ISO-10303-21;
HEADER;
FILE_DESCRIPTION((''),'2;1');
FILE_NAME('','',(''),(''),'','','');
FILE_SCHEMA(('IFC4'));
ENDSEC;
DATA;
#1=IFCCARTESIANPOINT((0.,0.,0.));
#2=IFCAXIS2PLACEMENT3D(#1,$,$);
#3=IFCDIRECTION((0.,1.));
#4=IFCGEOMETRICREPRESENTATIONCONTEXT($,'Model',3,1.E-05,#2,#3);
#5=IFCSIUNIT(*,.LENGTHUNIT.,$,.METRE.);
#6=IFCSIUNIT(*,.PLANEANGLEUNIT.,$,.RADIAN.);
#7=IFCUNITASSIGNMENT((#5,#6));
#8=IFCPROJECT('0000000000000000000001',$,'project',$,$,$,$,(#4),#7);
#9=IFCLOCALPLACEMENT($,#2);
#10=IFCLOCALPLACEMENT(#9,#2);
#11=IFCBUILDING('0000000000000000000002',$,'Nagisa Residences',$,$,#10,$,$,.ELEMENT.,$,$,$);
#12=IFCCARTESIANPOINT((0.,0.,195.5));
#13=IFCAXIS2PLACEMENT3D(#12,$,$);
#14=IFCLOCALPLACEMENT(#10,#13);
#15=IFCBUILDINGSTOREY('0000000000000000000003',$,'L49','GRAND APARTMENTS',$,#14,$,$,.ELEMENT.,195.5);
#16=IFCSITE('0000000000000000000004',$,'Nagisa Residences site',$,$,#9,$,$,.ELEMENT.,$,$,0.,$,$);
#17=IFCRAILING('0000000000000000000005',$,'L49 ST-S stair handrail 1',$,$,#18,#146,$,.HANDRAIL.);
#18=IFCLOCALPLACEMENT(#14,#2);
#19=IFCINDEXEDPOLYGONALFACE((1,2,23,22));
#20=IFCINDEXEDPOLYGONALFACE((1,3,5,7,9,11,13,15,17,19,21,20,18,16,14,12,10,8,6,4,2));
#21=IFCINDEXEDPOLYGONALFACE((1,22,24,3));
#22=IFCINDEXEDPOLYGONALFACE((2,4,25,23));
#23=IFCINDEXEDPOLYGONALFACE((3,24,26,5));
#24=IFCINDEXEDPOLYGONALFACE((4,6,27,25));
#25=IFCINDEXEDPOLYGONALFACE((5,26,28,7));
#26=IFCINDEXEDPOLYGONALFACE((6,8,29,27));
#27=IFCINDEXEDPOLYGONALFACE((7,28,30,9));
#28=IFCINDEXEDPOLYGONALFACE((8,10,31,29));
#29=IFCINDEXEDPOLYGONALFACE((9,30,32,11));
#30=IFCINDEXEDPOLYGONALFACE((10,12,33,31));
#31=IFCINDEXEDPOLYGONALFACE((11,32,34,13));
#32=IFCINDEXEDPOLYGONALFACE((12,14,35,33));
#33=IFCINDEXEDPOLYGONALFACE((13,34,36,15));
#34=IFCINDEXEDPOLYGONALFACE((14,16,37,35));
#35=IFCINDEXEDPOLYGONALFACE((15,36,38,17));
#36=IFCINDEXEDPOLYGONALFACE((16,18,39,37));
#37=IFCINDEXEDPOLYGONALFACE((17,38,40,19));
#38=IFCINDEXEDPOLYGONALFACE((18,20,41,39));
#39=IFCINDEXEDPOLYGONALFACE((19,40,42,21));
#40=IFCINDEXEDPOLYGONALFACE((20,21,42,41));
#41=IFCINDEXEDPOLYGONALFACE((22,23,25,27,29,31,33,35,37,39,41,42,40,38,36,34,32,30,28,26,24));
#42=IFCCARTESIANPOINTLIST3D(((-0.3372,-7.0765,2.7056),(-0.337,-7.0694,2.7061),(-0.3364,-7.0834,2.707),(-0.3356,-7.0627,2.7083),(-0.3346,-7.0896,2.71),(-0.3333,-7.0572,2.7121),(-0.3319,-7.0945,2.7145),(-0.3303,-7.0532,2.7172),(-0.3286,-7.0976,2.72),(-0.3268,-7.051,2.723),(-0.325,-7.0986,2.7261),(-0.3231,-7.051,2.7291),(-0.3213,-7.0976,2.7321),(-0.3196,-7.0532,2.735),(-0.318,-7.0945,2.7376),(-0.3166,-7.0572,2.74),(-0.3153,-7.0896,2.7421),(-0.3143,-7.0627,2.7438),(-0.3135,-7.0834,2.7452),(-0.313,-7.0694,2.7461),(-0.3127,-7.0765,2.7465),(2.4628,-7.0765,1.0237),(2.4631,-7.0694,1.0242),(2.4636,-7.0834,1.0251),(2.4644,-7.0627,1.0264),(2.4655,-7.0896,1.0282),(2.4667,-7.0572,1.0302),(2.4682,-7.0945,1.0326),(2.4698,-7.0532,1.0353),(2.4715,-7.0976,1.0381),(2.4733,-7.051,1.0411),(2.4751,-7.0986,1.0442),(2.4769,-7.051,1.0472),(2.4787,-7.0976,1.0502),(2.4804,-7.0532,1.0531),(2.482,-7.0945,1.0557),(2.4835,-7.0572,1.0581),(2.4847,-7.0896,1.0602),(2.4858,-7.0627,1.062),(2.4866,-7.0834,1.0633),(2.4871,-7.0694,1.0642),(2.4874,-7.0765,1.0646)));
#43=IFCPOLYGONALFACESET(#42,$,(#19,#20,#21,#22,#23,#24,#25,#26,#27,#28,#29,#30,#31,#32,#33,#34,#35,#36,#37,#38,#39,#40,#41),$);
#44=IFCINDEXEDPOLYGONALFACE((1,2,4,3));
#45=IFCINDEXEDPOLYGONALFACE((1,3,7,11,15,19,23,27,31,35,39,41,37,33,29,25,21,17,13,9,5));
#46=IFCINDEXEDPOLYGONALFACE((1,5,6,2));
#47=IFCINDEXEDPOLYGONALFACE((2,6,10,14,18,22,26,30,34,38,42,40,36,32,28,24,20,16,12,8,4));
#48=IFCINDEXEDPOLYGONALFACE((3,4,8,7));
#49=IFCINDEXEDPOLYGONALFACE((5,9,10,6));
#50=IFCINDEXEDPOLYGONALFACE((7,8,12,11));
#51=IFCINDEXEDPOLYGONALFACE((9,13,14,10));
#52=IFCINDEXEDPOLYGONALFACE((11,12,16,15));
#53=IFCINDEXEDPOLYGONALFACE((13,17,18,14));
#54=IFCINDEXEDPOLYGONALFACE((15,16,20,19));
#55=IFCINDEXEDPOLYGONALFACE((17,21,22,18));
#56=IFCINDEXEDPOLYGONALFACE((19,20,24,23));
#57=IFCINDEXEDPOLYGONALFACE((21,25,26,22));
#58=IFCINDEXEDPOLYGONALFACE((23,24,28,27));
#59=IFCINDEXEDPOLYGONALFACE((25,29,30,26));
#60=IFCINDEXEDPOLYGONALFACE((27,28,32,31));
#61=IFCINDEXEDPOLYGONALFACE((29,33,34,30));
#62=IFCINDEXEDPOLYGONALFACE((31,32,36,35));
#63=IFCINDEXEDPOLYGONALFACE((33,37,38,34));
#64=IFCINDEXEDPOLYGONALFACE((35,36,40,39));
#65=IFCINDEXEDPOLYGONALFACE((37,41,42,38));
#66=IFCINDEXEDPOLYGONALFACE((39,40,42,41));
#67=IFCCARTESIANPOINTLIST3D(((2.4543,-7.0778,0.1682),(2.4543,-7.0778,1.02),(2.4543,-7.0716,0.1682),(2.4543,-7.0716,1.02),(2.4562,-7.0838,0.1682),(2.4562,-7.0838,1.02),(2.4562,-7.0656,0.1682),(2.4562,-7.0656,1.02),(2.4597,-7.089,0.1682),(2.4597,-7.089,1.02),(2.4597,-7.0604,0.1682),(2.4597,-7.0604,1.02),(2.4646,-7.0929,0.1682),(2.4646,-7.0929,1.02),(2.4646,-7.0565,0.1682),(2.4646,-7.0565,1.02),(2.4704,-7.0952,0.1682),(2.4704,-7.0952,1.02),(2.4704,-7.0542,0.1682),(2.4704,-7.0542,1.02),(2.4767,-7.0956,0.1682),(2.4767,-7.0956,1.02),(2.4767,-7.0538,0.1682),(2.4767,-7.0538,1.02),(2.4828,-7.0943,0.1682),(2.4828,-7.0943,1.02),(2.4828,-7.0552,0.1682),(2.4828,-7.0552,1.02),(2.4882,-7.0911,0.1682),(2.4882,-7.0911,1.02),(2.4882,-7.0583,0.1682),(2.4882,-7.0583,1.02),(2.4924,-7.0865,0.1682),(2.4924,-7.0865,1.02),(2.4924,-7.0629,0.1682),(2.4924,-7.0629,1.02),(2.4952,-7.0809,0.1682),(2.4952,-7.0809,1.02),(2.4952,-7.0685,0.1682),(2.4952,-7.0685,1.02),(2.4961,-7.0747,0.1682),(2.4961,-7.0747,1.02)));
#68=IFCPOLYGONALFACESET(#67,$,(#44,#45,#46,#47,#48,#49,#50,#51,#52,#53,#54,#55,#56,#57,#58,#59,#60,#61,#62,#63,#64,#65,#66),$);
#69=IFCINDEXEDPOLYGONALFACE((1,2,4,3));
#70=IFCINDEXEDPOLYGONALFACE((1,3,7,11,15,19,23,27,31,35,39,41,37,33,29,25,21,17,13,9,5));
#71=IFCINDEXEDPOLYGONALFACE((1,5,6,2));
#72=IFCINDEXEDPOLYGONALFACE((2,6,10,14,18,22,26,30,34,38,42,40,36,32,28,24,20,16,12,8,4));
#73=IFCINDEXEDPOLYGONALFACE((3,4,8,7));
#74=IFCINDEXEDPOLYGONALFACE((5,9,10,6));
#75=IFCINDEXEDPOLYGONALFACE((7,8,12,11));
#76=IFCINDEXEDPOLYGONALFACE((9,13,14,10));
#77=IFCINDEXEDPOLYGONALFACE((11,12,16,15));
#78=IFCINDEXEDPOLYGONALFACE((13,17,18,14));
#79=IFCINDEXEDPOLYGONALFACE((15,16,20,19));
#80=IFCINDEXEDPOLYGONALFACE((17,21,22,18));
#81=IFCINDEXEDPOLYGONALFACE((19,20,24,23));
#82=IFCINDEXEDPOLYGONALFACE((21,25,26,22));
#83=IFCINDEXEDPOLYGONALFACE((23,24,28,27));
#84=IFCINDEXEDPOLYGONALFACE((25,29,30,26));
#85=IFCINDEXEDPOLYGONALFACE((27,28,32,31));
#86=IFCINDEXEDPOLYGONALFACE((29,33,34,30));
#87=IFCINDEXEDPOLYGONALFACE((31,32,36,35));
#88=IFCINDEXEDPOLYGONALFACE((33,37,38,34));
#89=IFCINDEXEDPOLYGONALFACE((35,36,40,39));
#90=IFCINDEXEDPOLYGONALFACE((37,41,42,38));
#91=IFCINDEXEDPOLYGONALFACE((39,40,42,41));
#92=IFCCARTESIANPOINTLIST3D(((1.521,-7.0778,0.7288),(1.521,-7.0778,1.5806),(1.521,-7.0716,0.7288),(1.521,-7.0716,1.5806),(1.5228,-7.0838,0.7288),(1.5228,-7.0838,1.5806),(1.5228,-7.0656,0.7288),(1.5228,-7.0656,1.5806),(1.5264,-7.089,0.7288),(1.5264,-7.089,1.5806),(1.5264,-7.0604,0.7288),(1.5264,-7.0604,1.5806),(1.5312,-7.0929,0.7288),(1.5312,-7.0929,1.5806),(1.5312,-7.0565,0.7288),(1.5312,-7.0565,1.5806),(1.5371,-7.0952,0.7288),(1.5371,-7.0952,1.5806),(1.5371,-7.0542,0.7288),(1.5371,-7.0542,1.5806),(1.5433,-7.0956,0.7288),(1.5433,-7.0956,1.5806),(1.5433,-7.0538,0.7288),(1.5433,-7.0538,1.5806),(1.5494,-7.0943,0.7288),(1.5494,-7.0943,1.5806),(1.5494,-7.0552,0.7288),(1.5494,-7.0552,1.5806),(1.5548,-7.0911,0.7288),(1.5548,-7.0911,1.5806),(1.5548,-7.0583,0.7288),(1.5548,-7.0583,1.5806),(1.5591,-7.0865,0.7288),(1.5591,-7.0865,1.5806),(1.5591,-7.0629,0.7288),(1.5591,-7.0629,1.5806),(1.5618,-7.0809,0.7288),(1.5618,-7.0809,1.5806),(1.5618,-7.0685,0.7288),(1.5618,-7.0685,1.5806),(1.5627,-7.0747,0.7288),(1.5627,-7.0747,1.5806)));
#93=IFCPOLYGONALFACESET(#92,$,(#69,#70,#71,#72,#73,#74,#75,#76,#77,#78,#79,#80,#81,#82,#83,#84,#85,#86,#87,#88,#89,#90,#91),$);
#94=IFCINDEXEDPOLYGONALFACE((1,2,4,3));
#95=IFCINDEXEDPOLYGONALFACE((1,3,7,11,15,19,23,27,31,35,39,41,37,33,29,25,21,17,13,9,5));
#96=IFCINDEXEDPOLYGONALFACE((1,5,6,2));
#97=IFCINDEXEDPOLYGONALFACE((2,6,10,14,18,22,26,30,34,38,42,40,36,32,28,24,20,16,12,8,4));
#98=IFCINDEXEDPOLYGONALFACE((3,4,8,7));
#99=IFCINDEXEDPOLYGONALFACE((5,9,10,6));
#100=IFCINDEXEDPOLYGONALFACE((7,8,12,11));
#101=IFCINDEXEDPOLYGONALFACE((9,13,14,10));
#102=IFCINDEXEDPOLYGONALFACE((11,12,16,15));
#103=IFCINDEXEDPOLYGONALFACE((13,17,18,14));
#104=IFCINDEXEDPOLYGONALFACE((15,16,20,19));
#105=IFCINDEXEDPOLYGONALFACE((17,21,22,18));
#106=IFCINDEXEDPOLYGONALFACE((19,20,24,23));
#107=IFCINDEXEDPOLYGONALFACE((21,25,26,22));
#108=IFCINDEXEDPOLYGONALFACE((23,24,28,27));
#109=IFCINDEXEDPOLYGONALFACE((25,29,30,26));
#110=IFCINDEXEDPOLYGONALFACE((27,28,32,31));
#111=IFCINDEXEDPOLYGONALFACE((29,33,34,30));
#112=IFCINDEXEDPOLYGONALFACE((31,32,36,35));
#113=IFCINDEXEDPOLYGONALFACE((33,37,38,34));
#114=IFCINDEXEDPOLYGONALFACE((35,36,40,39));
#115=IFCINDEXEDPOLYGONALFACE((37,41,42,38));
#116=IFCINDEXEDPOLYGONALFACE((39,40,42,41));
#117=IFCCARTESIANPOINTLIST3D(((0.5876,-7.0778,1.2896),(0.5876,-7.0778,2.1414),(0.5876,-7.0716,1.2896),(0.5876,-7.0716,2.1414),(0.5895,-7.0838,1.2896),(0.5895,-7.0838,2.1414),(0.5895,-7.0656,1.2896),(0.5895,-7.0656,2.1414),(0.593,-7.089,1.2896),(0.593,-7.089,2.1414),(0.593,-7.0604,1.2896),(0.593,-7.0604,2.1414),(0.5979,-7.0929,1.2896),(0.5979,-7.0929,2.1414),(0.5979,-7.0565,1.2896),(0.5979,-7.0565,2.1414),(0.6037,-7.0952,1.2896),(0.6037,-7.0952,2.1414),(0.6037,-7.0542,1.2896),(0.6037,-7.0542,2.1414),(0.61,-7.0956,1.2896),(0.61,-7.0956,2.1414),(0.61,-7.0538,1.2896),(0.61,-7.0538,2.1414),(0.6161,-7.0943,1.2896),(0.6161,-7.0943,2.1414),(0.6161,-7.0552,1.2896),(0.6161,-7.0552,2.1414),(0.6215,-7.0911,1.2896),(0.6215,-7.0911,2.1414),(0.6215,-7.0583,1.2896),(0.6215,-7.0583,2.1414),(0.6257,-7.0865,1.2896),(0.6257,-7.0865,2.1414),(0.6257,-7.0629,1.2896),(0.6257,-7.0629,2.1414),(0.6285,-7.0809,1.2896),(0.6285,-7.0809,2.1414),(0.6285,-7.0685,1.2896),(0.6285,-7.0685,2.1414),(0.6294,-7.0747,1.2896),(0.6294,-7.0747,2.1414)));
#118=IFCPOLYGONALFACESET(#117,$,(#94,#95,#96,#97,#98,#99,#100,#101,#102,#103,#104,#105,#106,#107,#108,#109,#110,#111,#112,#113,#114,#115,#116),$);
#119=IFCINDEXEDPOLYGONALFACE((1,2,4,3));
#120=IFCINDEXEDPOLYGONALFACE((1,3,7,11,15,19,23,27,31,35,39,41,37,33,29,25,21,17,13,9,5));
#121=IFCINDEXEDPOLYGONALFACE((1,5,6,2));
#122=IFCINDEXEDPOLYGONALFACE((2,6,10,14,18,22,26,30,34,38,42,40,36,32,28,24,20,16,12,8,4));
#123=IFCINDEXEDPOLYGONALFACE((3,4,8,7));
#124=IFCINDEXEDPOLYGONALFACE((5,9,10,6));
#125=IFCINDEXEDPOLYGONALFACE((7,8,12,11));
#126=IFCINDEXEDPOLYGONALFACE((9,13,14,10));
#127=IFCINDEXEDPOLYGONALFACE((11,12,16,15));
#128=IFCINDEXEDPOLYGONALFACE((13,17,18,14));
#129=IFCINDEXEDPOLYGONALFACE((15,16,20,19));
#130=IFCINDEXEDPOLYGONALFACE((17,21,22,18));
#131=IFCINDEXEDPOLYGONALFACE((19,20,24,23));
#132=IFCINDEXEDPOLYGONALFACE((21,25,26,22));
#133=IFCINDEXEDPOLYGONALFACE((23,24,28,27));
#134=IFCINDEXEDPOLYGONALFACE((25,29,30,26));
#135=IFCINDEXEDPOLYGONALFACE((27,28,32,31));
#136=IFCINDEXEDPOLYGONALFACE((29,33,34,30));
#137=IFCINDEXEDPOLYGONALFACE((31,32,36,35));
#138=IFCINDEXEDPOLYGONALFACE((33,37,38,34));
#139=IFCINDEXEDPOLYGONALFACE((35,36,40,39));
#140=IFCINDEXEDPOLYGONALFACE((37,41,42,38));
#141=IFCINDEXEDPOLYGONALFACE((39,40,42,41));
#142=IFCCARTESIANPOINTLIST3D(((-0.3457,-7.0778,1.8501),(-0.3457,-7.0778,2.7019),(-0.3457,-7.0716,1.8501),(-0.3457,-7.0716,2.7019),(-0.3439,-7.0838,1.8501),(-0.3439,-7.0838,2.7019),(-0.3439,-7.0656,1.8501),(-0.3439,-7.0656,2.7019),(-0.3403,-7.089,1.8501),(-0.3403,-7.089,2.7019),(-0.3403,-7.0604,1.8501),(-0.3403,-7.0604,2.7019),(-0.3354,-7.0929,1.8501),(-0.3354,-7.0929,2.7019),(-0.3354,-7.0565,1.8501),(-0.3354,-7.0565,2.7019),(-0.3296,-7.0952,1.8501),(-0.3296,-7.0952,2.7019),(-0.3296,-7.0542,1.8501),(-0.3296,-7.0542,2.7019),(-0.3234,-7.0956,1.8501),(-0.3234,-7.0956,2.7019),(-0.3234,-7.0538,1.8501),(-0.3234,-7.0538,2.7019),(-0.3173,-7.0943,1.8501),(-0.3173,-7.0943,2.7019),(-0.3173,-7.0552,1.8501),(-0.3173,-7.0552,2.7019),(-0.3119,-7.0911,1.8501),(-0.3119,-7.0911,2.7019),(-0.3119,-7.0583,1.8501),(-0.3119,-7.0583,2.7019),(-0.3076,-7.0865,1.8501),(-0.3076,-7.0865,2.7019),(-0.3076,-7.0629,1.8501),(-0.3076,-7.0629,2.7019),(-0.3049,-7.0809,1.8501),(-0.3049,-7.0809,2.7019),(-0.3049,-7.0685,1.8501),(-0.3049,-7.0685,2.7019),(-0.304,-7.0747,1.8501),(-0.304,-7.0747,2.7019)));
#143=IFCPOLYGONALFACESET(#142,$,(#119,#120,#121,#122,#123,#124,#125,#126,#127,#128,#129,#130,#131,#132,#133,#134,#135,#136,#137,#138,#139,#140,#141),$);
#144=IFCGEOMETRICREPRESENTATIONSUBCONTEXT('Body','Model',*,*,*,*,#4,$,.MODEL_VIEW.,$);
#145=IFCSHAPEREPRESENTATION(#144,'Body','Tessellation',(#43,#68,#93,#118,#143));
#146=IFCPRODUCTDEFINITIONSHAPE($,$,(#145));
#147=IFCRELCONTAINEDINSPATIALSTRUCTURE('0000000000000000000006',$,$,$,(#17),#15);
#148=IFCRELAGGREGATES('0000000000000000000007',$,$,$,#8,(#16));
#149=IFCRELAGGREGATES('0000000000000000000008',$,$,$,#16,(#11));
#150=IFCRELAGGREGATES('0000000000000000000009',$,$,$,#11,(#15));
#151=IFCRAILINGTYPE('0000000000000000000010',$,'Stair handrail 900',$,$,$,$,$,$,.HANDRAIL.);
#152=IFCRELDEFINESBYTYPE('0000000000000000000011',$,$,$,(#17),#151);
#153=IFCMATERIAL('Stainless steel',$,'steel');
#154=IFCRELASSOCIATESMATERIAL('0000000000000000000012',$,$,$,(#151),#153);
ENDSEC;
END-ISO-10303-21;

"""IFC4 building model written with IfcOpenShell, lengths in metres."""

from ifc_helpers import new_model, si_unit, direction, frame, origin, origin_2d, place, context, subcontext, project, spatial, circle, extrude, material, type_object, element, save


model = new_model("IFC4")

# Units and contexts
model_context = context("Model", 3, precision=1e-05, world=origin(), true_north=direction((0.0, 1.0)))
body_context = subcontext(model_context, "Body", "Model", "MODEL_VIEW")
ifc_project = project(units=[si_unit("LENGTHUNIT", "METRE"), si_unit("PLANEANGLEUNIT", "RADIAN")], contexts=[model_context])

# Site, building, storey
site_placement = place(None, origin())
site = spatial("IfcSite", under=ifc_project, at=site_placement, Name="Nagisa Residences site", CompositionType="ELEMENT", RefElevation=0.0)
building_placement = place(site_placement, origin())
building = spatial("IfcBuilding", under=site, at=building_placement, Name="Nagisa Residences", CompositionType="ELEMENT")
storey_placement = place(building_placement, frame((0.0, 0.0, 195.5)))
storey = spatial("IfcBuildingStorey", under=building, at=storey_placement, Name="L49", Description="GRAND APARTMENTS", CompositionType="ELEMENT", Elevation=195.5)

# Railing
ifc_material_1 = material(Name="Stainless steel", Category="steel")
railing_type_1 = type_object("IfcRailingType", Name="Stair handrail 900", PredefinedType="HANDRAIL", material=ifc_material_1)
railing_1_placement = place(storey_placement, frame((2.4751, -7.0747, 0.1682)))
element("IfcRailing", 1, at=railing_1_placement, inside=storey, type_object=railing_type_1, Name="L49 ST-S stair handrail 1", PredefinedType="HANDRAIL", context=body_context, shape_type="SweptSolid", body=[
    extrude(circle(Radius=0.0239, at=origin_2d()), frame((0.0, 0.0, 0.876), z_axis=(-0.857242, 0.0, 0.514913), x_axis=(0.0, -1.0, 0.0)), (0.0, 0.0, 1.0), 3.2664),
    extrude(circle(Radius=0.021, at=origin_2d()), origin(), (0.0, 0.0, 1.0), 0.8518),
    extrude(circle(Radius=0.021, at=origin_2d()), frame((-0.9333, 0.0, 0.5605)), (0.0, 0.0, 1.0), 0.8518),
    extrude(circle(Radius=0.021, at=origin_2d()), frame((-1.8667, 0.0, 1.1213)), (0.0, 0.0, 1.0), 0.8518),
    extrude(circle(Radius=0.021, at=origin_2d()), frame((-2.8, 0.0, 1.6819)), (0.0, 0.0, 1.0), 0.8518),
])

save(model, "model.ifc")
